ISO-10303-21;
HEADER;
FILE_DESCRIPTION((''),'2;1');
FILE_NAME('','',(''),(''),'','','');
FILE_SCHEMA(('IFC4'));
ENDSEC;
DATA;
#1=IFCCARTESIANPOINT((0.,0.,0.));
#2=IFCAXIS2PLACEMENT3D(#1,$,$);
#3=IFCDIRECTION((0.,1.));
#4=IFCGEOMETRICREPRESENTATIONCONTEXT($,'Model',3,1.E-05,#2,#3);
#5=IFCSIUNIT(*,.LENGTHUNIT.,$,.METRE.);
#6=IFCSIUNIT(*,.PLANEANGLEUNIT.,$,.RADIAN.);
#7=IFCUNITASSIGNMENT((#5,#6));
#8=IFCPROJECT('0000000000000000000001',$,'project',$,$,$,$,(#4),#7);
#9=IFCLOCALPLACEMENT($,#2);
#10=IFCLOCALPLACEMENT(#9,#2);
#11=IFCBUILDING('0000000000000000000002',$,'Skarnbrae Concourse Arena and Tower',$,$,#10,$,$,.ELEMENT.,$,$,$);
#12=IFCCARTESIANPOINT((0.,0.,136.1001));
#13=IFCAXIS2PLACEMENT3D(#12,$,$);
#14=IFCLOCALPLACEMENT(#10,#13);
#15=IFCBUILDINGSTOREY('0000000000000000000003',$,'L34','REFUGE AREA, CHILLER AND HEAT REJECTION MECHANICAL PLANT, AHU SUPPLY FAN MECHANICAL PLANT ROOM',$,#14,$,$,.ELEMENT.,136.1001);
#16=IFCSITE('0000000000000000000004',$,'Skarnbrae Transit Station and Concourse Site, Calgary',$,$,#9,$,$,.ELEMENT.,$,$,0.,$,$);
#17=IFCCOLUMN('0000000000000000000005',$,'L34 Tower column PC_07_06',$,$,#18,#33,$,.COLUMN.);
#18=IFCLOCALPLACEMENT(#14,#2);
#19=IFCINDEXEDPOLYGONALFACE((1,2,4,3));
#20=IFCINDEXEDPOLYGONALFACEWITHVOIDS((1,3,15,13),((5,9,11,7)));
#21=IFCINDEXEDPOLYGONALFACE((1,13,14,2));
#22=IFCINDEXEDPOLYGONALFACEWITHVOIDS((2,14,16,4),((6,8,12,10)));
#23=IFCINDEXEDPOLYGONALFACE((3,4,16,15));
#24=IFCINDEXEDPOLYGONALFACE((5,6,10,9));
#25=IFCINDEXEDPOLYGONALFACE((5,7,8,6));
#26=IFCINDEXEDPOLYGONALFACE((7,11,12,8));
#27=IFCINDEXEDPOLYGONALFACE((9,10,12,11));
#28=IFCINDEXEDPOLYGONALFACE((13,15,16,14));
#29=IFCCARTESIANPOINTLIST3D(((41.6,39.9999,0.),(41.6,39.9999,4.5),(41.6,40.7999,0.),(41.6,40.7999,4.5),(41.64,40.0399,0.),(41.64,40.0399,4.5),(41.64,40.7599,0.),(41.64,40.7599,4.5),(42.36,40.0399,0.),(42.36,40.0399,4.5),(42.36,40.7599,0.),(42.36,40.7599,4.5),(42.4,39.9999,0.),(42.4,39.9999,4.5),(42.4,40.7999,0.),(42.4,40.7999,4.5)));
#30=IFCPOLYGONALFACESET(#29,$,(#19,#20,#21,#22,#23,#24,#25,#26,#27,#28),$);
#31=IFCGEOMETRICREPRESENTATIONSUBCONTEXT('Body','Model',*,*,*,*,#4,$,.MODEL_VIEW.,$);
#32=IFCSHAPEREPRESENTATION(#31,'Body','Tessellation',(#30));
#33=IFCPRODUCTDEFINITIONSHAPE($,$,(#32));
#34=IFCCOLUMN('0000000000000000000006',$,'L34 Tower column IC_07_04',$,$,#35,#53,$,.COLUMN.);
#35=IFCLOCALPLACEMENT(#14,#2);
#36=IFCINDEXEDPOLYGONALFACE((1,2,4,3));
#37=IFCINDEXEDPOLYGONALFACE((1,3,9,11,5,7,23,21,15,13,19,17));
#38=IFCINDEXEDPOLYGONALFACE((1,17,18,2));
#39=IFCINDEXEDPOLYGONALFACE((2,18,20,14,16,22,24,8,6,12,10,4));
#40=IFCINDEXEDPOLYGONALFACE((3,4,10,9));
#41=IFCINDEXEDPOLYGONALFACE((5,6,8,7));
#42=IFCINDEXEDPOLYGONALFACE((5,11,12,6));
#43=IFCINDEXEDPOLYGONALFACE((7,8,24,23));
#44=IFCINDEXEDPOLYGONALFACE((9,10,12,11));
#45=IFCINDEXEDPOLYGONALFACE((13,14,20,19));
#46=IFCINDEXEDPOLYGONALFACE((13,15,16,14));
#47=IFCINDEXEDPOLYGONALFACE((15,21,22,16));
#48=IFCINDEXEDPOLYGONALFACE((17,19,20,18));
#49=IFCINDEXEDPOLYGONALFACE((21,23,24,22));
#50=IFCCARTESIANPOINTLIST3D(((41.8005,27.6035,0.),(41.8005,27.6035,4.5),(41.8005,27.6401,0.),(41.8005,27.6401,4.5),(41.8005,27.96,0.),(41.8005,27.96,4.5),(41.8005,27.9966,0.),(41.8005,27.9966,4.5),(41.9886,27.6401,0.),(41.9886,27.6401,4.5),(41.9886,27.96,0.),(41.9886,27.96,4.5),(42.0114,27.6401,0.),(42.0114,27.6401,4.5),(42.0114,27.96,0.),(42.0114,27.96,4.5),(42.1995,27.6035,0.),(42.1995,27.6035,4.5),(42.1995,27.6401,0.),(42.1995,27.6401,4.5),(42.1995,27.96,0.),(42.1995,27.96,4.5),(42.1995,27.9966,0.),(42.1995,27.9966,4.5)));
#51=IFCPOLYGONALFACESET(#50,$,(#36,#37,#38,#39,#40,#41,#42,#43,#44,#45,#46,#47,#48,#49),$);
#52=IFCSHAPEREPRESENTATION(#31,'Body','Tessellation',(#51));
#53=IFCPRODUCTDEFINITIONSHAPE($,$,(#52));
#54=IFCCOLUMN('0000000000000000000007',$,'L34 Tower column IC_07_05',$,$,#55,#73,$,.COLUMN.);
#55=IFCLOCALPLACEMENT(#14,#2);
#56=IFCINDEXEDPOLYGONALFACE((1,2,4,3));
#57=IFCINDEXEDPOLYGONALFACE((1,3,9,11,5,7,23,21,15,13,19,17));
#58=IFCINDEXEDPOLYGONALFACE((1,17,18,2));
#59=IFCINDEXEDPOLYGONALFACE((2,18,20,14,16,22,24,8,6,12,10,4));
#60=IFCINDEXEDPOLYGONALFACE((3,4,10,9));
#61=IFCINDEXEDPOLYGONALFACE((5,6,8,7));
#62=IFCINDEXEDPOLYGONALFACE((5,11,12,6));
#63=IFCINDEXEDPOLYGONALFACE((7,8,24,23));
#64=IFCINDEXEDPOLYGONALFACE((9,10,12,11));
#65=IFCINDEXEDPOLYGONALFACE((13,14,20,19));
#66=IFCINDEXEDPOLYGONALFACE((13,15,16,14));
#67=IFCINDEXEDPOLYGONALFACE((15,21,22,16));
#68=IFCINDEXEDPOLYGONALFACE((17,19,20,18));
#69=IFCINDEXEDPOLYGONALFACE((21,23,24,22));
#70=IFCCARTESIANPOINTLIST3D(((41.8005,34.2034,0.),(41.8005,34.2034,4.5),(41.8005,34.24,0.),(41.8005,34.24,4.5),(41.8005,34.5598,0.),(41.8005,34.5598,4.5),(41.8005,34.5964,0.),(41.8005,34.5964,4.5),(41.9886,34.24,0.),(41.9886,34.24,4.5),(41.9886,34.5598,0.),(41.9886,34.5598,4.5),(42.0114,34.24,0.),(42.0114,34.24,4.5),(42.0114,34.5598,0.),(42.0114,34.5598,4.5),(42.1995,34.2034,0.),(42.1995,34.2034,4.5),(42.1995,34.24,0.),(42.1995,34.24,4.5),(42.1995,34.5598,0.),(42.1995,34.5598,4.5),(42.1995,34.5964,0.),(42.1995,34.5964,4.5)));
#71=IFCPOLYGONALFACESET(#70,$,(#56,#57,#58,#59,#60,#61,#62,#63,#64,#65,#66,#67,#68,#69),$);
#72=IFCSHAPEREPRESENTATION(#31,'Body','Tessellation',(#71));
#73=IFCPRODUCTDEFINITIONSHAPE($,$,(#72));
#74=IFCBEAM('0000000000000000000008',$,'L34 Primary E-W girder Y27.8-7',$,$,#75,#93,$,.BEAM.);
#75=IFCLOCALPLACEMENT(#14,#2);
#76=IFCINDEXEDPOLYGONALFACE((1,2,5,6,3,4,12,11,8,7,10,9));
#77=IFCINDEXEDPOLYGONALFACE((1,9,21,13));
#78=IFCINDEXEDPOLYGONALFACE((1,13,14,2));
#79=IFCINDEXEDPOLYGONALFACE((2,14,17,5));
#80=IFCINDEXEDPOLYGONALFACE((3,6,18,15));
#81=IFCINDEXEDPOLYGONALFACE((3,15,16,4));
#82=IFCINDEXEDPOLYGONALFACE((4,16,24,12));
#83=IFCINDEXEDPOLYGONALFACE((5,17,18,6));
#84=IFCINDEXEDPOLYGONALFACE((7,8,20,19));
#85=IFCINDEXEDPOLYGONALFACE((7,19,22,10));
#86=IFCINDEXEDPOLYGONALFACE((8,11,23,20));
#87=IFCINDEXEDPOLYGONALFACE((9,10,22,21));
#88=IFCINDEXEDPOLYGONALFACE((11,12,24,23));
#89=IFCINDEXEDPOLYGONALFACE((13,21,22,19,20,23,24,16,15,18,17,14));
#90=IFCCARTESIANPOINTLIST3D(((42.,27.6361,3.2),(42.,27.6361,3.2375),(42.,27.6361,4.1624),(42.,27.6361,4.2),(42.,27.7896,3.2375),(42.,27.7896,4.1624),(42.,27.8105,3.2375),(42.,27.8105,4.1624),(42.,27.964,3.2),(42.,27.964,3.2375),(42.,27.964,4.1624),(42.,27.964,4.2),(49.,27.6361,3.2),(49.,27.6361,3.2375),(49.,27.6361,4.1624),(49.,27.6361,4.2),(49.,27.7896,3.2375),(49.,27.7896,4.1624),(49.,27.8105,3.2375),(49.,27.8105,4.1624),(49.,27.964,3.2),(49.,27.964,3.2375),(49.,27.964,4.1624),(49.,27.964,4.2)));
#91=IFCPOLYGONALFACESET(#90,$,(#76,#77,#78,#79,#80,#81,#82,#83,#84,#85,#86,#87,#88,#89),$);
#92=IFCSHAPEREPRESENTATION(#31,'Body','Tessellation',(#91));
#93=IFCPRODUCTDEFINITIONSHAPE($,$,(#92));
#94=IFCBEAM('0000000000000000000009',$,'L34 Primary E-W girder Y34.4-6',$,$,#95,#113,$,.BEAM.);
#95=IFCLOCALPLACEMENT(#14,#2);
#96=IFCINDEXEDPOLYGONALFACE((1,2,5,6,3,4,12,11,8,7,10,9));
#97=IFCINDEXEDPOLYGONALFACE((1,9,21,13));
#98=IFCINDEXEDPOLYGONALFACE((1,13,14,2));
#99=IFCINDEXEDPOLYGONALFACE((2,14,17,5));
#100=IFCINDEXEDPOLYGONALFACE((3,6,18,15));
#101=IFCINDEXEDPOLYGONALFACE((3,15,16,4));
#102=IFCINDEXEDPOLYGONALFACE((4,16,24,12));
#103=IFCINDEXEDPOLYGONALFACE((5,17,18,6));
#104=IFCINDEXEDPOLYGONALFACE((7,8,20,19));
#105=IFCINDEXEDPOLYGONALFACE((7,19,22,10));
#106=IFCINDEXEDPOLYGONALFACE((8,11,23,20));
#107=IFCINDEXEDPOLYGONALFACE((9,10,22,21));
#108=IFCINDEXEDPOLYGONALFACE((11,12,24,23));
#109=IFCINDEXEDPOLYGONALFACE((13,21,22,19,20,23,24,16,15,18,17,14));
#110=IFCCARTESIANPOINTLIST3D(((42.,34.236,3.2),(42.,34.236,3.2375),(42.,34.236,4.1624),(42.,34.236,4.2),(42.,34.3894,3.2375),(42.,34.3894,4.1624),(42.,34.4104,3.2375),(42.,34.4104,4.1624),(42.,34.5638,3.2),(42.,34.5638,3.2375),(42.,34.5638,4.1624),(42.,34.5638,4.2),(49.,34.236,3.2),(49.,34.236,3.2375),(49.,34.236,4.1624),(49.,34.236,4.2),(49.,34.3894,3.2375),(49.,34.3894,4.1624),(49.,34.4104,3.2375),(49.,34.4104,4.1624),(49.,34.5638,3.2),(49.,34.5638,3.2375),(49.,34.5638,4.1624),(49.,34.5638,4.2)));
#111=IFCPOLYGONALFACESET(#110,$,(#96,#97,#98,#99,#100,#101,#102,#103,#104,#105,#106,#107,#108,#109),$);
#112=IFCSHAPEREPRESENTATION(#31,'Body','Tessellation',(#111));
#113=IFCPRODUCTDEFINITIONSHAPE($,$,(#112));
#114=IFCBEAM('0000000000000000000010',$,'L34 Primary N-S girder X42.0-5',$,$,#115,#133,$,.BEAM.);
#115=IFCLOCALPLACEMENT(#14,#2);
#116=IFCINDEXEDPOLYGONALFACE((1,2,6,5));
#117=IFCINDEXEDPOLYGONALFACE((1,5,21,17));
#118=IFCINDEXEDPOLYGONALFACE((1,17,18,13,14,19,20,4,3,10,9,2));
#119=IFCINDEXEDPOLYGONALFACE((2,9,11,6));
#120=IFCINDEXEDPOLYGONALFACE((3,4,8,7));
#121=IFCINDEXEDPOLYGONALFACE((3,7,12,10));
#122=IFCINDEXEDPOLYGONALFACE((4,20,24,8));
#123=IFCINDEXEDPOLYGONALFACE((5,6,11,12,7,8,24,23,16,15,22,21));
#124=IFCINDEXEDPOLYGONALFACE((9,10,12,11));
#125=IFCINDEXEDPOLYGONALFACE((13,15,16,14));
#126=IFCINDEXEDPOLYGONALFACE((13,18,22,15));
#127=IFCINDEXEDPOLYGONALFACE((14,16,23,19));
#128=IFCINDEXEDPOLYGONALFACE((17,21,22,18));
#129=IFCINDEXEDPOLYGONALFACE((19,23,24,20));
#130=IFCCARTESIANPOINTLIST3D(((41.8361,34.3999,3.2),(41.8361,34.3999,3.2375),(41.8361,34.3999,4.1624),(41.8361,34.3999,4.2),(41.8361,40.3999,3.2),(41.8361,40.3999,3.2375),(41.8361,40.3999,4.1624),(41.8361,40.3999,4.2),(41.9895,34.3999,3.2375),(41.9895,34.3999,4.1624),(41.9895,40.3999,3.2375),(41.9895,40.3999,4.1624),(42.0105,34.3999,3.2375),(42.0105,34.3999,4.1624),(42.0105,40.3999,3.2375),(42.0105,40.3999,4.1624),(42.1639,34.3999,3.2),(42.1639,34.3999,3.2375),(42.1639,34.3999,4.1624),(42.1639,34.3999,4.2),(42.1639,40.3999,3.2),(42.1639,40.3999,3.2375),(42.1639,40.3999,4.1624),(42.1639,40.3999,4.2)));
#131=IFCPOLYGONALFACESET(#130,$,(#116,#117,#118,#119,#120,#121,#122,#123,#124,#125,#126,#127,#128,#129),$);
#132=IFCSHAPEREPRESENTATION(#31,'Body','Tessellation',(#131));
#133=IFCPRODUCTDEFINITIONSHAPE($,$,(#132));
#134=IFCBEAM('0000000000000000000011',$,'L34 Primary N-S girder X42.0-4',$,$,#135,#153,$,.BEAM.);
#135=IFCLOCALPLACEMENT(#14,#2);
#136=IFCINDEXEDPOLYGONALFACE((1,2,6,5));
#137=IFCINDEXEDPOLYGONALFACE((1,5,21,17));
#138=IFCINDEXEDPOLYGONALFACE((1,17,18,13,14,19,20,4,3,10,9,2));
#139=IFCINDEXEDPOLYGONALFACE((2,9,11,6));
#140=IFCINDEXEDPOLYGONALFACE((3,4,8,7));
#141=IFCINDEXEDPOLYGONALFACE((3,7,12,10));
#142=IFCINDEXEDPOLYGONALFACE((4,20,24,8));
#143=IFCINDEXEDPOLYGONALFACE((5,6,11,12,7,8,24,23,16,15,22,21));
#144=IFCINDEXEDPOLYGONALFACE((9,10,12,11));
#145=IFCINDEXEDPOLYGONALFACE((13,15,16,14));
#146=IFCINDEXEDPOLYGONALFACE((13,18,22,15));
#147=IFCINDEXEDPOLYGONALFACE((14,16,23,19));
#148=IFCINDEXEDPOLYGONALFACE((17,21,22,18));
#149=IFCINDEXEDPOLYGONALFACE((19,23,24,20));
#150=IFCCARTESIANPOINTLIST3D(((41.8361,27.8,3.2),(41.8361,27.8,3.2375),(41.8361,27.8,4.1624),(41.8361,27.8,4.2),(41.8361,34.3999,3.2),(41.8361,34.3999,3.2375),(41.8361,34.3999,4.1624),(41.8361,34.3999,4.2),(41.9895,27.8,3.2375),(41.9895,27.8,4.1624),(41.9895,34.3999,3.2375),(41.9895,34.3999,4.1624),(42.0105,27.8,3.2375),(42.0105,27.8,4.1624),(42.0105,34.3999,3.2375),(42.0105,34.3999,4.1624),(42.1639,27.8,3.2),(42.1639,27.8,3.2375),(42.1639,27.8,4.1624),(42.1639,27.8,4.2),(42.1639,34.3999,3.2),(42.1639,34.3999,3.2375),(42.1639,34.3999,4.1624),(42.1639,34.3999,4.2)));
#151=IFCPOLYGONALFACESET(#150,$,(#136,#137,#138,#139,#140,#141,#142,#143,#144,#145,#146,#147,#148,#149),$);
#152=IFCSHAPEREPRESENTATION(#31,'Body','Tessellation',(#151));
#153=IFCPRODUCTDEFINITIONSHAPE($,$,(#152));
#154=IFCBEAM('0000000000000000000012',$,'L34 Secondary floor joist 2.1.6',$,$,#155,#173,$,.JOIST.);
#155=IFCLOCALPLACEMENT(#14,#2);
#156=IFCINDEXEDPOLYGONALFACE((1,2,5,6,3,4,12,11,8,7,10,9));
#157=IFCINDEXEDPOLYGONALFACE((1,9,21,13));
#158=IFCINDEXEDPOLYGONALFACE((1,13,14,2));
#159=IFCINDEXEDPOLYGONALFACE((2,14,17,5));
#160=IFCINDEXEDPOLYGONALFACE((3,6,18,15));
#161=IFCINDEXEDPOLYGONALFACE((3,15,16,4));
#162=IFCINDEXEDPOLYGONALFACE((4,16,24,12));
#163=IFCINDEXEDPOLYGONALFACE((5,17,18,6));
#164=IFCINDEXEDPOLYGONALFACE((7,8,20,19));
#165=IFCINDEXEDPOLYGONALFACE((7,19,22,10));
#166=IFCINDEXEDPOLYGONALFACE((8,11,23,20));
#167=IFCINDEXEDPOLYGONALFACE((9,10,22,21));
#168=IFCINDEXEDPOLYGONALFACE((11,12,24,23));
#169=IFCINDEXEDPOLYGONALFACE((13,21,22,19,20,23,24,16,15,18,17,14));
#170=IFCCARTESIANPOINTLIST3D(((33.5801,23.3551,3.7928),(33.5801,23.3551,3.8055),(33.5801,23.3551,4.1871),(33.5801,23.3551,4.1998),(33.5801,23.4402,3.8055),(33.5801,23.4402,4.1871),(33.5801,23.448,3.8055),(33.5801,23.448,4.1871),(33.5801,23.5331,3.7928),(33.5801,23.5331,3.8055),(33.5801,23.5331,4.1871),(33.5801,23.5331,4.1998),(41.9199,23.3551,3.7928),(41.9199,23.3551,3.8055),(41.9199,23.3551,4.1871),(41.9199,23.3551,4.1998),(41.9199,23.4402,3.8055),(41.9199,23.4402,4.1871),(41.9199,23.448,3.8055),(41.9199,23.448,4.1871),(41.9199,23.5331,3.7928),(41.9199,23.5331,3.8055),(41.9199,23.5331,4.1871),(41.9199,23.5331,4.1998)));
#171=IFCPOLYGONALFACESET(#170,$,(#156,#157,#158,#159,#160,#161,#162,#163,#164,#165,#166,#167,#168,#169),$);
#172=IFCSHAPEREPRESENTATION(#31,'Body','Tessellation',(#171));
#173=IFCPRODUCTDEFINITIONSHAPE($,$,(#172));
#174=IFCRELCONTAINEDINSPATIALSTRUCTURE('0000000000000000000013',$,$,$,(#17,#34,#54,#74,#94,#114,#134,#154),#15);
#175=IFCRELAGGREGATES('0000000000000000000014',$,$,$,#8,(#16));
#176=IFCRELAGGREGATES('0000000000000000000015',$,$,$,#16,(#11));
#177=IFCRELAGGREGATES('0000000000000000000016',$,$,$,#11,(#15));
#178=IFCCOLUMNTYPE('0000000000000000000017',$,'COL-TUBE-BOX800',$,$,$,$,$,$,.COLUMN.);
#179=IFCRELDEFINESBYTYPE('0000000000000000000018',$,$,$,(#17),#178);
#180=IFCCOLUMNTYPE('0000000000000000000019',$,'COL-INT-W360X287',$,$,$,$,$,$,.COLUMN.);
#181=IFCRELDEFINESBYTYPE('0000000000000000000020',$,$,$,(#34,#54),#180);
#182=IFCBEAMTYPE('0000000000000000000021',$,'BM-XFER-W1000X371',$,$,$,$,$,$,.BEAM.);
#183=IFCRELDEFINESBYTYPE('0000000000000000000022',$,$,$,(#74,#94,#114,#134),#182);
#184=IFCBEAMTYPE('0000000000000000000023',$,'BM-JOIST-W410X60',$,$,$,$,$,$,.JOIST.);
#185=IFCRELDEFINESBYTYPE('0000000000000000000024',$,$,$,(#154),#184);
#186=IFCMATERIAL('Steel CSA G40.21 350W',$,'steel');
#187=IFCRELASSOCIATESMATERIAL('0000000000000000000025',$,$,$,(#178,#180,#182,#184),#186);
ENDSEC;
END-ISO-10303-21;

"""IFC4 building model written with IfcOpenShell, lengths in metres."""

from ifc_helpers import new_model, si_unit, direction, frame, origin, origin_2d, place, context, subcontext, project, spatial, hollow_rectangle, i_section, extrude, source, transform, mapped, material, material_profile, profile_set, type_object, element, save


model = new_model("IFC4")

# Units and contexts
model_context = context("Model", 3, precision=1e-05, world=origin(), true_north=direction((0.0, 1.0)))
body_context = subcontext(model_context, "Body", "Model", "MODEL_VIEW")
ifc_project = project(units=[si_unit("LENGTHUNIT", "METRE"), si_unit("PLANEANGLEUNIT", "RADIAN")], contexts=[model_context])

# Site, building, storey
site_placement = place(None, origin())
site = spatial("IfcSite", under=ifc_project, at=site_placement, Name="Skarnbrae Transit Station and Concourse Site, Calgary", CompositionType="ELEMENT", RefElevation=0.0)
building_placement = place(site_placement, origin())
building = spatial("IfcBuilding", under=site, at=building_placement, Name="Skarnbrae Concourse Arena and Tower", CompositionType="ELEMENT")
storey_placement = place(building_placement, frame((0.0, 0.0, 136.1001)))
storey = spatial("IfcBuildingStorey", under=building, at=storey_placement, Name="L34", Description="REFUGE AREA, CHILLER AND HEAT REJECTION MECHANICAL PLANT, AHU SUPPLY FAN MECHANICAL PLANT ROOM", CompositionType="ELEMENT", Elevation=136.1001)

# Columns
ifc_material_1 = material(Name="Steel CSA G40.21 350W", Category="steel")
ifc_material_profile_1 = material_profile(ifc_material_1, hollow_rectangle(XDim=0.8, YDim=0.8, WallThickness=0.04, at=origin_2d()), Name="BOX800X800X40")
ifc_profile_set_1 = profile_set([ifc_material_profile_1], Name="Steel CSA G40.21 350W")
column_type_1 = type_object("IfcColumnType", Name="COL-TUBE-BOX800", PredefinedType="COLUMN", material=ifc_profile_set_1)
shared_shape_1 = source(origin(), body_context, "Body", "SweptSolid", [
    extrude(hollow_rectangle(XDim=0.8, YDim=0.8, WallThickness=0.04, at=origin_2d()), origin(), (0.0, 0.0, 1.0), 4.5),
])
column_placement = place(storey_placement, frame((42.0, 40.3999, 0.0), z_axis=(0.0, 0.0, 1.0), x_axis=(1.0, 0.0, 0.0)))
element("IfcColumn", 1, at=column_placement, inside=storey, type_object=column_type_1, Name="L34 Tower column PC_07_06", PredefinedType="COLUMN", context=body_context, shape_type="MappedRepresentation", body=[
    mapped(shared_shape_1, transform((0.0, 0.0, 0.0))),
])
ifc_material_profile_2 = material_profile(ifc_material_1, i_section(OverallWidth=0.3989, OverallDepth=0.3931, WebThickness=0.0227, FlangeThickness=0.0366, at=origin_2d()), Name="W360X287")
ifc_profile_set_2 = profile_set([ifc_material_profile_2], Name="Steel CSA G40.21 350W")
column_type_2 = type_object("IfcColumnType", Name="COL-INT-W360X287", PredefinedType="COLUMN", material=ifc_profile_set_2)
shared_shape_2 = source(origin(), body_context, "Body", "SweptSolid", [
    extrude(i_section(OverallWidth=0.3989, OverallDepth=0.3931, WebThickness=0.0227, FlangeThickness=0.0366, at=origin_2d()), origin(), (0.0, 0.0, 1.0), 4.5),
])
for number, where, z_axis, x_axis, name in (
    (2, (42.0, 27.8, 0.0), (0.0, 0.0, 1.0), (1.0, 0.0, 0.0), "L34 Tower column IC_07_04"),
    (3, (42.0, 34.3999, 0.0), (0.0, 0.0, 1.0), (1.0, 0.0, 0.0), "L34 Tower column IC_07_05"),
):
    element("IfcColumn", number, at=place(storey_placement, frame(where, z_axis=z_axis, x_axis=x_axis)), inside=storey, type_object=column_type_2, Name=name, PredefinedType="COLUMN", context=body_context, shape_type="MappedRepresentation", body=[
        mapped(shared_shape_2, transform((0.0, 0.0, 0.0))),
    ])

# Beams
ifc_material_profile_3 = material_profile(ifc_material_1, i_section(OverallWidth=0.3279, OverallDepth=1.0, WebThickness=0.021, FlangeThickness=0.0376, at=origin_2d()), Name="W1000X371")
ifc_profile_set_3 = profile_set([ifc_material_profile_3], Name="Steel CSA G40.21 350W")
beam_type_1 = type_object("IfcBeamType", Name="BM-XFER-W1000X371", PredefinedType="BEAM", material=ifc_profile_set_3)
shared_shape_3 = source(origin(), body_context, "Body", "SweptSolid", [
    extrude(i_section(OverallWidth=0.3279, OverallDepth=1.0, WebThickness=0.021, FlangeThickness=0.0376, at=origin_2d()), origin(), (0.0, 0.0, 1.0), 7.0),
])
for number, where, z_axis, x_axis, name in (
    (4, (42.0, 27.8, 3.7), (1.0, 0.0, 0.0), (0.0, 1.0, 0.0), "L34 Primary E-W girder Y27.8-7"),
    (5, (42.0, 34.3999, 3.7), (1.0, 0.0, 0.0), (0.0, 1.0, 0.0), "L34 Primary E-W girder Y34.4-6"),
):
    element("IfcBeam", number, at=place(storey_placement, frame(where, z_axis=z_axis, x_axis=x_axis)), inside=storey, type_object=beam_type_1, Name=name, PredefinedType="BEAM", context=body_context, shape_type="MappedRepresentation", body=[
        mapped(shared_shape_3, transform((0.0, 0.0, 0.0))),
    ])
shared_shape_4 = source(origin(), body_context, "Body", "SweptSolid", [
    extrude(i_section(OverallWidth=0.3279, OverallDepth=1.0, WebThickness=0.021, FlangeThickness=0.0376, at=origin_2d()), origin(), (0.0, 0.0, 1.0), 6.0),
])
beam_1_placement = place(storey_placement, frame((42.0, 34.3999, 3.7), z_axis=(0.0, 1.0, 0.0), x_axis=(-1.0, 0.0, 0.0)))
element("IfcBeam", 6, at=beam_1_placement, inside=storey, type_object=beam_type_1, Name="L34 Primary N-S girder X42.0-5", PredefinedType="BEAM", context=body_context, shape_type="MappedRepresentation", body=[
    mapped(shared_shape_4, transform((0.0, 0.0, 0.0))),
])
shared_shape_5 = source(origin(), body_context, "Body", "SweptSolid", [
    extrude(i_section(OverallWidth=0.3279, OverallDepth=1.0, WebThickness=0.021, FlangeThickness=0.0376, at=origin_2d()), origin(), (0.0, 0.0, 1.0), 6.5999),
])
beam_2_placement = place(storey_placement, frame((42.0, 27.8, 3.7), z_axis=(0.0, 1.0, 0.0), x_axis=(-1.0, 0.0, 0.0)))
element("IfcBeam", 7, at=beam_2_placement, inside=storey, type_object=beam_type_1, Name="L34 Primary N-S girder X42.0-4", PredefinedType="BEAM", context=body_context, shape_type="MappedRepresentation", body=[
    mapped(shared_shape_5, transform((0.0, 0.0, 0.0))),
])
ifc_material_profile_4 = material_profile(ifc_material_1, i_section(OverallWidth=0.178, OverallDepth=0.407, WebThickness=0.0078, FlangeThickness=0.0127, at=origin_2d()), Name="W410X60")
ifc_profile_set_4 = profile_set([ifc_material_profile_4], Name="Steel CSA G40.21 350W")
beam_type_2 = type_object("IfcBeamType", Name="BM-JOIST-W410X60", PredefinedType="JOIST", material=ifc_profile_set_4)
shared_shape_6 = source(origin(), body_context, "Body", "SweptSolid", [
    extrude(i_section(OverallWidth=0.178, OverallDepth=0.407, WebThickness=0.0078, FlangeThickness=0.0127, at=origin_2d()), origin(), (0.0, 0.0, 1.0), 8.3398),
])
for number, where, z_axis, x_axis, name in (
    (8, (33.5801, 23.4441, 3.9963), (1.0, 0.0, 0.0), (0.0, 1.0, 0.0), "L34 Secondary floor joist 2.1.6"),
):
    element("IfcBeam", number, at=place(storey_placement, frame(where, z_axis=z_axis, x_axis=x_axis)), inside=storey, type_object=beam_type_2, Name=name, PredefinedType="JOIST", context=body_context, shape_type="MappedRepresentation", body=[
        mapped(shared_shape_6, transform((0.0, 0.0, 0.0))),
    ])

save(model, "model.ifc")
